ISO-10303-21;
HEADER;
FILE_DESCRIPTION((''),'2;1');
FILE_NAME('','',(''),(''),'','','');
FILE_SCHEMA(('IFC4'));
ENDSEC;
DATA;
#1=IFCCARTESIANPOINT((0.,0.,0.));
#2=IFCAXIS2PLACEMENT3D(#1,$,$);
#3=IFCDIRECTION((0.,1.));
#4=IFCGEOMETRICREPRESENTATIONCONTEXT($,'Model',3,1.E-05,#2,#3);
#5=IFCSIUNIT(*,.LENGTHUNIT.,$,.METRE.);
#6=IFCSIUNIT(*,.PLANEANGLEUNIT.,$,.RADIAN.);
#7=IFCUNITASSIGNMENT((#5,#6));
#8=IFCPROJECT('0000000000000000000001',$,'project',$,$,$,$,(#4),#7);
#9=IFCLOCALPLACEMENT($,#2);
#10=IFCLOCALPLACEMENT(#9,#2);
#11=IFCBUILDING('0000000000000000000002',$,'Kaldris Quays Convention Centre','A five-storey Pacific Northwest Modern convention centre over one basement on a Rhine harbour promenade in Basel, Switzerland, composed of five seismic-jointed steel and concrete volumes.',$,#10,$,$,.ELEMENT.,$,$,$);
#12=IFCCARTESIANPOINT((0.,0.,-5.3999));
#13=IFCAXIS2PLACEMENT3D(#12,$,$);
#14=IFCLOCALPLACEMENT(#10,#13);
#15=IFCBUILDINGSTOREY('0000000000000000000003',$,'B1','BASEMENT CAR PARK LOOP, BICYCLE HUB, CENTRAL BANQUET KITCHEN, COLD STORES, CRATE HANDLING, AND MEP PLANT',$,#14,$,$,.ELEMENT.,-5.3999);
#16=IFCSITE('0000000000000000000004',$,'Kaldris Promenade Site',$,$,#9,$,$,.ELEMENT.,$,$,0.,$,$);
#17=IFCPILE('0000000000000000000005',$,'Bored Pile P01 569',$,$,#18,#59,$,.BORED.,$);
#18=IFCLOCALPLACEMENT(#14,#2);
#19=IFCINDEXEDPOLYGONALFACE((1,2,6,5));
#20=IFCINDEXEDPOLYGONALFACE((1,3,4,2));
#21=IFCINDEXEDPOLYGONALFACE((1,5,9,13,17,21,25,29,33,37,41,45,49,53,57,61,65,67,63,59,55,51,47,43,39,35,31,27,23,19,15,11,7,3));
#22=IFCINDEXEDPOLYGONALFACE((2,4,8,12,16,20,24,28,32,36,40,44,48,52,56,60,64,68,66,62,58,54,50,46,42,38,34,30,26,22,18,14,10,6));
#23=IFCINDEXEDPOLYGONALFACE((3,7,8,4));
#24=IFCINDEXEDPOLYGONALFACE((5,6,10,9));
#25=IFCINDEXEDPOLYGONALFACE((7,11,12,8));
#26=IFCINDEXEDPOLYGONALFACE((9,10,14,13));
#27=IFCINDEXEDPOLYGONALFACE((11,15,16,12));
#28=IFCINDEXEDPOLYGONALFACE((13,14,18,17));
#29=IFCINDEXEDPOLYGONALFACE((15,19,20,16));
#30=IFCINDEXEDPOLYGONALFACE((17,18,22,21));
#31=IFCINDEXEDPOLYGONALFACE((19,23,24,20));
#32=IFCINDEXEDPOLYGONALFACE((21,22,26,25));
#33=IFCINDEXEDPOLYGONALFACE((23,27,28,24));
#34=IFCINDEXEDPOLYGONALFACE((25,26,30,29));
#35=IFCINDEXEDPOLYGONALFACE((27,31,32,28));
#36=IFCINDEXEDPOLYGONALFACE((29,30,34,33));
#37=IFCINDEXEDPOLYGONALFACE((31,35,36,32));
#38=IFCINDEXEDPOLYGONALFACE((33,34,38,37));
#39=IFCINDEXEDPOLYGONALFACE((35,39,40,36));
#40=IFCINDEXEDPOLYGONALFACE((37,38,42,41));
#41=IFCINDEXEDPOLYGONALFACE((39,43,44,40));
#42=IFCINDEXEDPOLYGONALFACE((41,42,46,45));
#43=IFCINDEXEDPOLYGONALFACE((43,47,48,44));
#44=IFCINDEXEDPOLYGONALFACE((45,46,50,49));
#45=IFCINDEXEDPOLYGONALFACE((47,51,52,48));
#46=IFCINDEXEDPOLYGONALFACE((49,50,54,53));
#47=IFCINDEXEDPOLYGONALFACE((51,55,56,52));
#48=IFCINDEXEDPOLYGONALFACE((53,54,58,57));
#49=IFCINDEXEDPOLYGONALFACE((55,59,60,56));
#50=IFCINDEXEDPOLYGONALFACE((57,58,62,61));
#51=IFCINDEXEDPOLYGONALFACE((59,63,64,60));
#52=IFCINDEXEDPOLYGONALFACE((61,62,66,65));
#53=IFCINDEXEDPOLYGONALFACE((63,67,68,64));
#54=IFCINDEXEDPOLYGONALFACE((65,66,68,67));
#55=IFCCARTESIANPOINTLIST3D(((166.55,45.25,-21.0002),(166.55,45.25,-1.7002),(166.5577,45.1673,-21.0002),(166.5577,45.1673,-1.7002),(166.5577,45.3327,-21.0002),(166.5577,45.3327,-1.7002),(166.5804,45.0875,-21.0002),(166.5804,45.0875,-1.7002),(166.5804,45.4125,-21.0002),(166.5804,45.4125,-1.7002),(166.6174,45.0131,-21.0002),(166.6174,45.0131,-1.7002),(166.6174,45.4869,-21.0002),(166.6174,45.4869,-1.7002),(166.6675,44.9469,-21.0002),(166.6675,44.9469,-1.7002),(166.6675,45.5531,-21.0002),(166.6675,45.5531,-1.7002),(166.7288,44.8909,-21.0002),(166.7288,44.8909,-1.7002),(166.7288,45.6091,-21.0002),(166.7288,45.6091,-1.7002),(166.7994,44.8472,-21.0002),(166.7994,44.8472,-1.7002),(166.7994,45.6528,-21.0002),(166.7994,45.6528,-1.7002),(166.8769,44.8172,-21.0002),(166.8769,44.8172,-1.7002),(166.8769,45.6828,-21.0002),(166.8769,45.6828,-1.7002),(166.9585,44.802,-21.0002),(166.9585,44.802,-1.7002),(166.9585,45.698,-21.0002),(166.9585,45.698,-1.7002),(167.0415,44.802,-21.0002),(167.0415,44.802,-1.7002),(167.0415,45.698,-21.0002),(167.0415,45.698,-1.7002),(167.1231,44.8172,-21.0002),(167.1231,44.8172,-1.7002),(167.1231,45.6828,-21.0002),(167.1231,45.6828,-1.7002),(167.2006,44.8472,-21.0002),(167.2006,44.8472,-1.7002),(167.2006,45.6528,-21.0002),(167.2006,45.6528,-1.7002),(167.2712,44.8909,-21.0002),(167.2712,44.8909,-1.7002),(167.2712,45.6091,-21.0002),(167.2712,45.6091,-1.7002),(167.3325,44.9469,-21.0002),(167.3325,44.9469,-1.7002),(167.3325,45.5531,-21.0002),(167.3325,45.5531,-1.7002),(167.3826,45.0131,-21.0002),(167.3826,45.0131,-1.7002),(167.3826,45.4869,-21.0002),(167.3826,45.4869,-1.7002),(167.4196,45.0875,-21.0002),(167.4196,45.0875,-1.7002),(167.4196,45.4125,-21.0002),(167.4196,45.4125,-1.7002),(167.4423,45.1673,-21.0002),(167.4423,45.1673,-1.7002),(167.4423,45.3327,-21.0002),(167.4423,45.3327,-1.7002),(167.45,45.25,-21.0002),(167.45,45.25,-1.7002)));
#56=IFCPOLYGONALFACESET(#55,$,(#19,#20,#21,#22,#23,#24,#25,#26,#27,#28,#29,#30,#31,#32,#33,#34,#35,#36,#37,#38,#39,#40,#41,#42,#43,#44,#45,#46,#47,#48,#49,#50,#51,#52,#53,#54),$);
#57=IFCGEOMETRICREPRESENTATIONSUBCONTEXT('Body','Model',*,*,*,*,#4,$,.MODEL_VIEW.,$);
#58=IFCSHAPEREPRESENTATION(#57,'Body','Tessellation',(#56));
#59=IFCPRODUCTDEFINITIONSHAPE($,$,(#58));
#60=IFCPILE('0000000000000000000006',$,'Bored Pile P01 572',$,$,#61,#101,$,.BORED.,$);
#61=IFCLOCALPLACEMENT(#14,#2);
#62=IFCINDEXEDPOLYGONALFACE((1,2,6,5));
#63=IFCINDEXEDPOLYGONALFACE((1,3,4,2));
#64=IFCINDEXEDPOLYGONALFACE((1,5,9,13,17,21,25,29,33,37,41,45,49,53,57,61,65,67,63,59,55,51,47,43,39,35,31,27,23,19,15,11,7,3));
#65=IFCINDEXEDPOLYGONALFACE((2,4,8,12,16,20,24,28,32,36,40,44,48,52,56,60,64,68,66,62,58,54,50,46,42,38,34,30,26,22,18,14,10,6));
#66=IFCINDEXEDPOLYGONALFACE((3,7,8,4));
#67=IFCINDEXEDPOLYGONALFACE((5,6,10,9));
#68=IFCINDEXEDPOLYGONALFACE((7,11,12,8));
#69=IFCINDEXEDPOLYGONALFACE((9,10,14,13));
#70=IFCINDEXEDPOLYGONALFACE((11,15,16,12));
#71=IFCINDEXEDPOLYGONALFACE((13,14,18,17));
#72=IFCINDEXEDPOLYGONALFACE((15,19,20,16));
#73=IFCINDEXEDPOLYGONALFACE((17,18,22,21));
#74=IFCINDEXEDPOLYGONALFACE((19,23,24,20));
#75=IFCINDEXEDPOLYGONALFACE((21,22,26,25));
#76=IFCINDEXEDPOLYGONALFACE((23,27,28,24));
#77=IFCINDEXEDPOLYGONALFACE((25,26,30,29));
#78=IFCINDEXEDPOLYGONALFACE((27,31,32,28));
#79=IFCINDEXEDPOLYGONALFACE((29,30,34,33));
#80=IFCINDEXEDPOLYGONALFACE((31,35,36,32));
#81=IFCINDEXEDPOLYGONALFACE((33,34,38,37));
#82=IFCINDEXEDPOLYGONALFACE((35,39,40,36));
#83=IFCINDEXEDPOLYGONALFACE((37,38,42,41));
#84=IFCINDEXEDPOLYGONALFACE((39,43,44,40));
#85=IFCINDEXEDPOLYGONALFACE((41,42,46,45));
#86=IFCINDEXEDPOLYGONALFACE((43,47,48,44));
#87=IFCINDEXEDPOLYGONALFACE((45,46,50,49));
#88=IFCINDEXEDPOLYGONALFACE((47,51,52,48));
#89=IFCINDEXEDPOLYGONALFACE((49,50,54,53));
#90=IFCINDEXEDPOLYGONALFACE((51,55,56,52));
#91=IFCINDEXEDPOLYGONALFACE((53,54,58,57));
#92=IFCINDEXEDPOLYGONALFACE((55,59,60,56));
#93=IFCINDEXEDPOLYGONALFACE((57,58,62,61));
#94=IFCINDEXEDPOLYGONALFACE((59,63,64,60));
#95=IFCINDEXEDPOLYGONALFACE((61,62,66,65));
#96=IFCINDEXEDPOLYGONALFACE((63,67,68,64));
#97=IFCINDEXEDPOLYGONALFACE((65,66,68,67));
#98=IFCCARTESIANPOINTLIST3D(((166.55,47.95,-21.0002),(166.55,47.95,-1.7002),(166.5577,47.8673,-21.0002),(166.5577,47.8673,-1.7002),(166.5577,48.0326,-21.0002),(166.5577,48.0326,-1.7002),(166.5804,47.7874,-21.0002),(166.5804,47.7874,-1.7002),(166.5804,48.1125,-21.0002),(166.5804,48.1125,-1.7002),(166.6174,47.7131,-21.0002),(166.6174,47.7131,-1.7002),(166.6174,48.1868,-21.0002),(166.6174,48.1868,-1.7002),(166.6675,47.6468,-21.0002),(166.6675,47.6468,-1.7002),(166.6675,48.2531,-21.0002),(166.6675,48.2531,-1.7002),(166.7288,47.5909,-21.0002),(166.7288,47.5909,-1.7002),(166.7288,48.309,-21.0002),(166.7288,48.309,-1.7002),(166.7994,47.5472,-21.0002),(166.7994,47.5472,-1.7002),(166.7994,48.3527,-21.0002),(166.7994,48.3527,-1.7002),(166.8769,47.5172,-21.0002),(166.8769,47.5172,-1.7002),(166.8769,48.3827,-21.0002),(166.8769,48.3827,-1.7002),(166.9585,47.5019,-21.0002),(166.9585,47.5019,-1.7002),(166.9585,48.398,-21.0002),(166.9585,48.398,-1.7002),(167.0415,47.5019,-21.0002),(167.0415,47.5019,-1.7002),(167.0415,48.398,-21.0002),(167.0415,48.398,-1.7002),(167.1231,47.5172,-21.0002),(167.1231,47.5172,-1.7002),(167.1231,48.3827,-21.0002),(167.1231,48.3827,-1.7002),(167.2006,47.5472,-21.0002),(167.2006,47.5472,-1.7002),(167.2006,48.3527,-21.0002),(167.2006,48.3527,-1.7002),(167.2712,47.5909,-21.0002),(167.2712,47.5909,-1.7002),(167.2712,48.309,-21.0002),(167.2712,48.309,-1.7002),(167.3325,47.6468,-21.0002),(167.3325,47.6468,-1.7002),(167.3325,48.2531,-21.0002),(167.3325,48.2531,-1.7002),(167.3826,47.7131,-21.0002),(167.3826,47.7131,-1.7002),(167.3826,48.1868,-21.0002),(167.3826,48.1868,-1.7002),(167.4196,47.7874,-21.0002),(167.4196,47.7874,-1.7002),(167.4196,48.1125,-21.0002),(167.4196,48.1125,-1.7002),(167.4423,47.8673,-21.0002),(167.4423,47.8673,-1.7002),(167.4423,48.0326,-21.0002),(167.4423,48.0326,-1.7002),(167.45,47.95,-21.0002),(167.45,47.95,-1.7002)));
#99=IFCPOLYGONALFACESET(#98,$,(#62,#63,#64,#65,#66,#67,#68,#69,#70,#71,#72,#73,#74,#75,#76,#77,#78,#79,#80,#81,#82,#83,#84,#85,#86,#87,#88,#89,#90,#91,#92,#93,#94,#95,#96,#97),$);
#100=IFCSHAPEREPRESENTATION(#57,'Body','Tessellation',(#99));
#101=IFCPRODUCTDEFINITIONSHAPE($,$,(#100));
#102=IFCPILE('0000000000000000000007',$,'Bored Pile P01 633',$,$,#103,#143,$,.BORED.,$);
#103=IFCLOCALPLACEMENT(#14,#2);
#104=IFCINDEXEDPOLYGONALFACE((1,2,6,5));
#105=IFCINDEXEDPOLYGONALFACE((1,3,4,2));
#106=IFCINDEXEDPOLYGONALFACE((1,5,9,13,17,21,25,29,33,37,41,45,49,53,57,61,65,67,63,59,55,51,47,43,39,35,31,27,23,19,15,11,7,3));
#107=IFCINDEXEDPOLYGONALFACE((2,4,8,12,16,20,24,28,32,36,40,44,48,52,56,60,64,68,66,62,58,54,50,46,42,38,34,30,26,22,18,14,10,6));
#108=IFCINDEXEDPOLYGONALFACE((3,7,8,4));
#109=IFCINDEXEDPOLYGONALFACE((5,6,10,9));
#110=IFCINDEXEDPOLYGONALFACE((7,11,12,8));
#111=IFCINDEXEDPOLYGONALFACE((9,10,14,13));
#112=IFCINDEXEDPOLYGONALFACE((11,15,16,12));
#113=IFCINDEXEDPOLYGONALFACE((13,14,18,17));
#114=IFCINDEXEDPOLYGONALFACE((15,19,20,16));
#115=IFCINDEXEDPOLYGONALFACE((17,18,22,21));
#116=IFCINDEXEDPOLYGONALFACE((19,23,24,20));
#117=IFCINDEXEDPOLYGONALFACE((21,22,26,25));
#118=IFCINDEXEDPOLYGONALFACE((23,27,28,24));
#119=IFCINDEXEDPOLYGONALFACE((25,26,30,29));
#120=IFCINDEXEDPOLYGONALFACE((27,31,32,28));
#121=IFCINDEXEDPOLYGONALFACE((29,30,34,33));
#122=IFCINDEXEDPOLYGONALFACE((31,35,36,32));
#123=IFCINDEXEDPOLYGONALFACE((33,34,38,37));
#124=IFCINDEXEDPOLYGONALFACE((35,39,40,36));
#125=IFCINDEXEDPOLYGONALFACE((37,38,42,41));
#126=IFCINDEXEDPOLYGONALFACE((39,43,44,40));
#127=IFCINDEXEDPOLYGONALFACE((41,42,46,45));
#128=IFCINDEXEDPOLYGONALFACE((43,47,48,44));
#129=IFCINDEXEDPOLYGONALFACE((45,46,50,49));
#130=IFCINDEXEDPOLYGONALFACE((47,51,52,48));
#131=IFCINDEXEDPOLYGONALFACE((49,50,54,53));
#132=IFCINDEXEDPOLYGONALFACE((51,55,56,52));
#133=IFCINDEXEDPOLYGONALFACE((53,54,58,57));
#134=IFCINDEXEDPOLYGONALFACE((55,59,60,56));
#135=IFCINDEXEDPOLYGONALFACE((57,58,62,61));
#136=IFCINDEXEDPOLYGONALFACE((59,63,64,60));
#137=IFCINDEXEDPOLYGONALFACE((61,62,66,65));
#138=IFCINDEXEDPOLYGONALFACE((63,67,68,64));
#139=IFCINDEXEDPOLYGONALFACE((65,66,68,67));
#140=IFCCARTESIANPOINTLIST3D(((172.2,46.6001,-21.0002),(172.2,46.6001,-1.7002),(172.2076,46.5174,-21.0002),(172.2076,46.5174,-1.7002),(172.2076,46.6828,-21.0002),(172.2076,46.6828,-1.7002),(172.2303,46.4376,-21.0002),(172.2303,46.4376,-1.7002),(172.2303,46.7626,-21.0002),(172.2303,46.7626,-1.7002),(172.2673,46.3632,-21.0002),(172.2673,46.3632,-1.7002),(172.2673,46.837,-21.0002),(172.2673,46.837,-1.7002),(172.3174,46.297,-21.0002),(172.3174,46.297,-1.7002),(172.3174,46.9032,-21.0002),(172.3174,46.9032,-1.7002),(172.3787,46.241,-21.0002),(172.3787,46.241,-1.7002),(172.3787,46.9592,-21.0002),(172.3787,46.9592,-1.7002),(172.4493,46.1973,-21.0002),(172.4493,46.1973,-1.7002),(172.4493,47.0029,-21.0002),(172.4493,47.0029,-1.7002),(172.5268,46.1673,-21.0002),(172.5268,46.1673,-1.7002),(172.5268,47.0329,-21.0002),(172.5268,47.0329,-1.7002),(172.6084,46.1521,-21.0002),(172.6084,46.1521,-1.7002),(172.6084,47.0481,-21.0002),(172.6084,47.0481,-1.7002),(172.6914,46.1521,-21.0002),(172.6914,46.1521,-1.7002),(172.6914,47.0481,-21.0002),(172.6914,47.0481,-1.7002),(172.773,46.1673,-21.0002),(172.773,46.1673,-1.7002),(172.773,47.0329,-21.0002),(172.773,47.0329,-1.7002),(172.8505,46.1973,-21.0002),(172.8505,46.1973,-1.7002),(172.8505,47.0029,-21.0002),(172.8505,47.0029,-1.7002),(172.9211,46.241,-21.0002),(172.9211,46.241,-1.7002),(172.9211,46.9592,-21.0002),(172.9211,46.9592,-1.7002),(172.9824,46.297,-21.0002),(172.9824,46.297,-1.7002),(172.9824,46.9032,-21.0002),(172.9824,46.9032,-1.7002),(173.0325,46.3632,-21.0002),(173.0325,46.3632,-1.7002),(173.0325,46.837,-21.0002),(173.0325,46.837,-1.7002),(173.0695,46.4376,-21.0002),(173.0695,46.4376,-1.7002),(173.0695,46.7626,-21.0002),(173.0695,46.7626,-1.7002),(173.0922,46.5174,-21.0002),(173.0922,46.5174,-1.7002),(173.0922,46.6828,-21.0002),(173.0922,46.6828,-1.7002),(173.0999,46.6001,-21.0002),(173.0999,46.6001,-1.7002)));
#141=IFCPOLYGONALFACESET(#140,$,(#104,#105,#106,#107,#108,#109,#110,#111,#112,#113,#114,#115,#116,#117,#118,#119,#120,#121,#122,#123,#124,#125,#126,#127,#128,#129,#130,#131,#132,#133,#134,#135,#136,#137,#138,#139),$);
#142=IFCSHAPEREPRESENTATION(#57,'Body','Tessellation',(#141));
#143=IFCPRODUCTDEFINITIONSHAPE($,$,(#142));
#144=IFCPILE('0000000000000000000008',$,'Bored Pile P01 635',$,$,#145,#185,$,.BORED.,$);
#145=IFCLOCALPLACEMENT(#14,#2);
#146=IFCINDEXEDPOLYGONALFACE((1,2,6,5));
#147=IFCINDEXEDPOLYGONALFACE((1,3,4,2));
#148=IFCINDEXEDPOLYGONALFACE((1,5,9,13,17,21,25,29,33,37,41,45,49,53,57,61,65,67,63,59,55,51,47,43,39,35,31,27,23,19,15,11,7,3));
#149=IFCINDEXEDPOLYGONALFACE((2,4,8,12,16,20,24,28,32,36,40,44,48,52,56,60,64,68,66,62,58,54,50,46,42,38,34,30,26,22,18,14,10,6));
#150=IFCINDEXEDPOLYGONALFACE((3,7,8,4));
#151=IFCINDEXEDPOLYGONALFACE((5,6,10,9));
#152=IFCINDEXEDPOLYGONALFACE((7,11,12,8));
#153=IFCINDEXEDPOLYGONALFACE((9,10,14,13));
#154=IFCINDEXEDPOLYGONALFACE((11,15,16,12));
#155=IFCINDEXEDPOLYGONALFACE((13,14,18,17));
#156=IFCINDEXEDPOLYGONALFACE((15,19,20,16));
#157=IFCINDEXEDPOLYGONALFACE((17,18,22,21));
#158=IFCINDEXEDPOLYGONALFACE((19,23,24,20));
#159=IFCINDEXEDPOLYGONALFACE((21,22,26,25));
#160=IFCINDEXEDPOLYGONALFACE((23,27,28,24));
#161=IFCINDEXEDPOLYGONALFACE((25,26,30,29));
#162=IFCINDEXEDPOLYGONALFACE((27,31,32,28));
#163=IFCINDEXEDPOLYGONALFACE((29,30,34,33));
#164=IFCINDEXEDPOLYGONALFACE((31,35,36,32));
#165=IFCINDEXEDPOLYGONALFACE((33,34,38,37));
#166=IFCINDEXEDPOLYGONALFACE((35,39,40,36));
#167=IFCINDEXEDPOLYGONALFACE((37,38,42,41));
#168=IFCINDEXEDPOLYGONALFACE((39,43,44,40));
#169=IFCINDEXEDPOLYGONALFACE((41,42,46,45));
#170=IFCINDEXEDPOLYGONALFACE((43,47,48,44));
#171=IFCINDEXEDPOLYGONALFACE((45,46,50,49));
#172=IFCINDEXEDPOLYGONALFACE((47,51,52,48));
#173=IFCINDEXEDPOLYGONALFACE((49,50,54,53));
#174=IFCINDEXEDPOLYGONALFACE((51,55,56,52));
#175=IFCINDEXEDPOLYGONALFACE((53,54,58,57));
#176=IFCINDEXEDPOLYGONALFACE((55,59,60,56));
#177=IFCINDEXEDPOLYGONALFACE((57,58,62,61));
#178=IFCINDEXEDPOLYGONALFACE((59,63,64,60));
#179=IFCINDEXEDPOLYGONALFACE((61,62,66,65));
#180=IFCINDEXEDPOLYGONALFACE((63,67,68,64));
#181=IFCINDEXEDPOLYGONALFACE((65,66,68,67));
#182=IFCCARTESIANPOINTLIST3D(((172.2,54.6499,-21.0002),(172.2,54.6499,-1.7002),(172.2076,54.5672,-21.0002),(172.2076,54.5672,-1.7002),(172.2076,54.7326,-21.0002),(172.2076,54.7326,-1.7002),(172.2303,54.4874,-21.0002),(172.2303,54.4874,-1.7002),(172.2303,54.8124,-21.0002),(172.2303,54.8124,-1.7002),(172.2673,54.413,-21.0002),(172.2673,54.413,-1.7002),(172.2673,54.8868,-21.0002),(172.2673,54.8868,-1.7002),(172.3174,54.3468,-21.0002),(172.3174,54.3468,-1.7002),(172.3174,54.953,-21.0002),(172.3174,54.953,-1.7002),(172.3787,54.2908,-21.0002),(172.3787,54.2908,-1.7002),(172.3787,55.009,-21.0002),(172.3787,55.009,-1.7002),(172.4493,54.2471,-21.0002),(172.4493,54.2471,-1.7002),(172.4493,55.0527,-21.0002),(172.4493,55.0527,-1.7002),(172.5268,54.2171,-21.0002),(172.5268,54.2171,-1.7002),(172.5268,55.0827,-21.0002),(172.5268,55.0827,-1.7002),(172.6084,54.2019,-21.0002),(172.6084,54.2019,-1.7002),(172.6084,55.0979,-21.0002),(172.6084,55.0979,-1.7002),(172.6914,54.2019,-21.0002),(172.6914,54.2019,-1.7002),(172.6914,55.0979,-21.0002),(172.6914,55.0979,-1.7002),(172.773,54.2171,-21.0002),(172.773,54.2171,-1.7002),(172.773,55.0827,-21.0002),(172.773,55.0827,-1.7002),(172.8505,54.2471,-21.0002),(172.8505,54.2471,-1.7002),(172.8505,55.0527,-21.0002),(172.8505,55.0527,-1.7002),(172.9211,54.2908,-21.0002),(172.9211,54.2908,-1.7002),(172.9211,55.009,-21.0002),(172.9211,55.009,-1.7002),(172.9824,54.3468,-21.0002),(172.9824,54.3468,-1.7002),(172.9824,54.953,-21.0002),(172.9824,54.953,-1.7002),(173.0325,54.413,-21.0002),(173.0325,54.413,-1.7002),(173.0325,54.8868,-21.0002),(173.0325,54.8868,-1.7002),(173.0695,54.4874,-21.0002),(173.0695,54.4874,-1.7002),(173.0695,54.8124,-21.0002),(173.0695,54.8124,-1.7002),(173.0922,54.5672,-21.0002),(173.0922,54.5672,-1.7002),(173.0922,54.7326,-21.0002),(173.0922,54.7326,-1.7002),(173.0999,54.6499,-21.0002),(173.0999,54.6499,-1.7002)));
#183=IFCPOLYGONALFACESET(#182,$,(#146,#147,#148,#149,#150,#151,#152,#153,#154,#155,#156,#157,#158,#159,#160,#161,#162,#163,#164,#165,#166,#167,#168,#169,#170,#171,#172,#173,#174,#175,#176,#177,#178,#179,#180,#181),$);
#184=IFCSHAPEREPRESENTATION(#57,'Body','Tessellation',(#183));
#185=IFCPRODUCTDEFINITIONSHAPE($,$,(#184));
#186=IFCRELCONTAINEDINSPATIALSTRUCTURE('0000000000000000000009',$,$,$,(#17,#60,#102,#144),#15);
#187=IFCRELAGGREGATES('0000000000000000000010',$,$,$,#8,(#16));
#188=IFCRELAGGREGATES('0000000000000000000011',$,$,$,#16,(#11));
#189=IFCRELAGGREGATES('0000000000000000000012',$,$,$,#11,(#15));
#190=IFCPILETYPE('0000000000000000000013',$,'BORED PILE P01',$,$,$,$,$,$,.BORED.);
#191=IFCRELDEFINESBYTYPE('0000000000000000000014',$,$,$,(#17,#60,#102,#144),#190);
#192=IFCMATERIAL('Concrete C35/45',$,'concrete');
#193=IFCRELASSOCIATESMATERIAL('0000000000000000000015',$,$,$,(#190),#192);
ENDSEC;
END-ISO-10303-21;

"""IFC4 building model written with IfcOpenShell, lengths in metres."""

from ifc_helpers import new_model, si_unit, direction, frame, origin, origin_2d, place, context, subcontext, project, spatial, circle, extrude, material, material_profile, profile_set, type_object, element, save


model = new_model("IFC4")

# Units and contexts
model_context = context("Model", 3, precision=1e-05, world=origin(), true_north=direction((0.0, 1.0)))
body_context = subcontext(model_context, "Body", "Model", "MODEL_VIEW")
ifc_project = project(units=[si_unit("LENGTHUNIT", "METRE"), si_unit("PLANEANGLEUNIT", "RADIAN")], contexts=[model_context])

# Site, building, storey
site_placement = place(None, origin())
site = spatial("IfcSite", under=ifc_project, at=site_placement, Name="Kaldris Promenade Site", CompositionType="ELEMENT", RefElevation=0.0)
building_placement = place(site_placement, origin())
building = spatial("IfcBuilding", under=site, at=building_placement, Name="Kaldris Quays Convention Centre", Description="A five-storey Pacific Northwest Modern convention centre over one basement on a Rhine harbour promenade in Basel, Switzerland, composed of five seismic-jointed steel and concrete volumes.", CompositionType="ELEMENT")
storey_placement = place(building_placement, frame((0.0, 0.0, -5.3999)))
storey = spatial("IfcBuildingStorey", under=building, at=storey_placement, Name="B1", Description="BASEMENT CAR PARK LOOP, BICYCLE HUB, CENTRAL BANQUET KITCHEN, COLD STORES, CRATE HANDLING, AND MEP PLANT", CompositionType="ELEMENT", Elevation=-5.3999)

# Piles
ifc_material_1 = material(Name="Concrete C35/45", Category="concrete")
ifc_material_profile_1 = material_profile(ifc_material_1, circle(Radius=0.45, at=origin_2d()), Name="BORED PILE D900")
ifc_profile_set_1 = profile_set([ifc_material_profile_1], Name="Concrete C35/45")
pile_type_1 = type_object("IfcPileType", Name="BORED PILE P01", PredefinedType="BORED", material=ifc_profile_set_1)
for number, where, z_axis, x_axis, name in (
    (1, (167.0, 45.25, -1.7002), (0.0, 0.0, -1.0), (1.0, 0.0, 0.0), "Bored Pile P01 569"),
    (2, (167.0, 47.95, -1.7002), (0.0, 0.0, -1.0), (1.0, 0.0, 0.0), "Bored Pile P01 572"),
    (3, (172.6499, 46.6001, -1.7002), (0.0, 0.0, -1.0), (1.0, 0.0, 0.0), "Bored Pile P01 633"),
    (4, (172.6499, 54.6499, -1.7002), (0.0, 0.0, -1.0), (1.0, 0.0, 0.0), "Bored Pile P01 635"),
):
    element("IfcPile", number, at=place(storey_placement, frame(where, z_axis=z_axis, x_axis=x_axis)), inside=storey, type_object=pile_type_1, Name=name, PredefinedType="BORED", context=body_context, shape_type="SweptSolid", body=[
        extrude(circle(Radius=0.45, at=origin_2d()), origin(), (0.0, 0.0, 1.0), 19.3),
    ])

save(model, "model.ifc")
